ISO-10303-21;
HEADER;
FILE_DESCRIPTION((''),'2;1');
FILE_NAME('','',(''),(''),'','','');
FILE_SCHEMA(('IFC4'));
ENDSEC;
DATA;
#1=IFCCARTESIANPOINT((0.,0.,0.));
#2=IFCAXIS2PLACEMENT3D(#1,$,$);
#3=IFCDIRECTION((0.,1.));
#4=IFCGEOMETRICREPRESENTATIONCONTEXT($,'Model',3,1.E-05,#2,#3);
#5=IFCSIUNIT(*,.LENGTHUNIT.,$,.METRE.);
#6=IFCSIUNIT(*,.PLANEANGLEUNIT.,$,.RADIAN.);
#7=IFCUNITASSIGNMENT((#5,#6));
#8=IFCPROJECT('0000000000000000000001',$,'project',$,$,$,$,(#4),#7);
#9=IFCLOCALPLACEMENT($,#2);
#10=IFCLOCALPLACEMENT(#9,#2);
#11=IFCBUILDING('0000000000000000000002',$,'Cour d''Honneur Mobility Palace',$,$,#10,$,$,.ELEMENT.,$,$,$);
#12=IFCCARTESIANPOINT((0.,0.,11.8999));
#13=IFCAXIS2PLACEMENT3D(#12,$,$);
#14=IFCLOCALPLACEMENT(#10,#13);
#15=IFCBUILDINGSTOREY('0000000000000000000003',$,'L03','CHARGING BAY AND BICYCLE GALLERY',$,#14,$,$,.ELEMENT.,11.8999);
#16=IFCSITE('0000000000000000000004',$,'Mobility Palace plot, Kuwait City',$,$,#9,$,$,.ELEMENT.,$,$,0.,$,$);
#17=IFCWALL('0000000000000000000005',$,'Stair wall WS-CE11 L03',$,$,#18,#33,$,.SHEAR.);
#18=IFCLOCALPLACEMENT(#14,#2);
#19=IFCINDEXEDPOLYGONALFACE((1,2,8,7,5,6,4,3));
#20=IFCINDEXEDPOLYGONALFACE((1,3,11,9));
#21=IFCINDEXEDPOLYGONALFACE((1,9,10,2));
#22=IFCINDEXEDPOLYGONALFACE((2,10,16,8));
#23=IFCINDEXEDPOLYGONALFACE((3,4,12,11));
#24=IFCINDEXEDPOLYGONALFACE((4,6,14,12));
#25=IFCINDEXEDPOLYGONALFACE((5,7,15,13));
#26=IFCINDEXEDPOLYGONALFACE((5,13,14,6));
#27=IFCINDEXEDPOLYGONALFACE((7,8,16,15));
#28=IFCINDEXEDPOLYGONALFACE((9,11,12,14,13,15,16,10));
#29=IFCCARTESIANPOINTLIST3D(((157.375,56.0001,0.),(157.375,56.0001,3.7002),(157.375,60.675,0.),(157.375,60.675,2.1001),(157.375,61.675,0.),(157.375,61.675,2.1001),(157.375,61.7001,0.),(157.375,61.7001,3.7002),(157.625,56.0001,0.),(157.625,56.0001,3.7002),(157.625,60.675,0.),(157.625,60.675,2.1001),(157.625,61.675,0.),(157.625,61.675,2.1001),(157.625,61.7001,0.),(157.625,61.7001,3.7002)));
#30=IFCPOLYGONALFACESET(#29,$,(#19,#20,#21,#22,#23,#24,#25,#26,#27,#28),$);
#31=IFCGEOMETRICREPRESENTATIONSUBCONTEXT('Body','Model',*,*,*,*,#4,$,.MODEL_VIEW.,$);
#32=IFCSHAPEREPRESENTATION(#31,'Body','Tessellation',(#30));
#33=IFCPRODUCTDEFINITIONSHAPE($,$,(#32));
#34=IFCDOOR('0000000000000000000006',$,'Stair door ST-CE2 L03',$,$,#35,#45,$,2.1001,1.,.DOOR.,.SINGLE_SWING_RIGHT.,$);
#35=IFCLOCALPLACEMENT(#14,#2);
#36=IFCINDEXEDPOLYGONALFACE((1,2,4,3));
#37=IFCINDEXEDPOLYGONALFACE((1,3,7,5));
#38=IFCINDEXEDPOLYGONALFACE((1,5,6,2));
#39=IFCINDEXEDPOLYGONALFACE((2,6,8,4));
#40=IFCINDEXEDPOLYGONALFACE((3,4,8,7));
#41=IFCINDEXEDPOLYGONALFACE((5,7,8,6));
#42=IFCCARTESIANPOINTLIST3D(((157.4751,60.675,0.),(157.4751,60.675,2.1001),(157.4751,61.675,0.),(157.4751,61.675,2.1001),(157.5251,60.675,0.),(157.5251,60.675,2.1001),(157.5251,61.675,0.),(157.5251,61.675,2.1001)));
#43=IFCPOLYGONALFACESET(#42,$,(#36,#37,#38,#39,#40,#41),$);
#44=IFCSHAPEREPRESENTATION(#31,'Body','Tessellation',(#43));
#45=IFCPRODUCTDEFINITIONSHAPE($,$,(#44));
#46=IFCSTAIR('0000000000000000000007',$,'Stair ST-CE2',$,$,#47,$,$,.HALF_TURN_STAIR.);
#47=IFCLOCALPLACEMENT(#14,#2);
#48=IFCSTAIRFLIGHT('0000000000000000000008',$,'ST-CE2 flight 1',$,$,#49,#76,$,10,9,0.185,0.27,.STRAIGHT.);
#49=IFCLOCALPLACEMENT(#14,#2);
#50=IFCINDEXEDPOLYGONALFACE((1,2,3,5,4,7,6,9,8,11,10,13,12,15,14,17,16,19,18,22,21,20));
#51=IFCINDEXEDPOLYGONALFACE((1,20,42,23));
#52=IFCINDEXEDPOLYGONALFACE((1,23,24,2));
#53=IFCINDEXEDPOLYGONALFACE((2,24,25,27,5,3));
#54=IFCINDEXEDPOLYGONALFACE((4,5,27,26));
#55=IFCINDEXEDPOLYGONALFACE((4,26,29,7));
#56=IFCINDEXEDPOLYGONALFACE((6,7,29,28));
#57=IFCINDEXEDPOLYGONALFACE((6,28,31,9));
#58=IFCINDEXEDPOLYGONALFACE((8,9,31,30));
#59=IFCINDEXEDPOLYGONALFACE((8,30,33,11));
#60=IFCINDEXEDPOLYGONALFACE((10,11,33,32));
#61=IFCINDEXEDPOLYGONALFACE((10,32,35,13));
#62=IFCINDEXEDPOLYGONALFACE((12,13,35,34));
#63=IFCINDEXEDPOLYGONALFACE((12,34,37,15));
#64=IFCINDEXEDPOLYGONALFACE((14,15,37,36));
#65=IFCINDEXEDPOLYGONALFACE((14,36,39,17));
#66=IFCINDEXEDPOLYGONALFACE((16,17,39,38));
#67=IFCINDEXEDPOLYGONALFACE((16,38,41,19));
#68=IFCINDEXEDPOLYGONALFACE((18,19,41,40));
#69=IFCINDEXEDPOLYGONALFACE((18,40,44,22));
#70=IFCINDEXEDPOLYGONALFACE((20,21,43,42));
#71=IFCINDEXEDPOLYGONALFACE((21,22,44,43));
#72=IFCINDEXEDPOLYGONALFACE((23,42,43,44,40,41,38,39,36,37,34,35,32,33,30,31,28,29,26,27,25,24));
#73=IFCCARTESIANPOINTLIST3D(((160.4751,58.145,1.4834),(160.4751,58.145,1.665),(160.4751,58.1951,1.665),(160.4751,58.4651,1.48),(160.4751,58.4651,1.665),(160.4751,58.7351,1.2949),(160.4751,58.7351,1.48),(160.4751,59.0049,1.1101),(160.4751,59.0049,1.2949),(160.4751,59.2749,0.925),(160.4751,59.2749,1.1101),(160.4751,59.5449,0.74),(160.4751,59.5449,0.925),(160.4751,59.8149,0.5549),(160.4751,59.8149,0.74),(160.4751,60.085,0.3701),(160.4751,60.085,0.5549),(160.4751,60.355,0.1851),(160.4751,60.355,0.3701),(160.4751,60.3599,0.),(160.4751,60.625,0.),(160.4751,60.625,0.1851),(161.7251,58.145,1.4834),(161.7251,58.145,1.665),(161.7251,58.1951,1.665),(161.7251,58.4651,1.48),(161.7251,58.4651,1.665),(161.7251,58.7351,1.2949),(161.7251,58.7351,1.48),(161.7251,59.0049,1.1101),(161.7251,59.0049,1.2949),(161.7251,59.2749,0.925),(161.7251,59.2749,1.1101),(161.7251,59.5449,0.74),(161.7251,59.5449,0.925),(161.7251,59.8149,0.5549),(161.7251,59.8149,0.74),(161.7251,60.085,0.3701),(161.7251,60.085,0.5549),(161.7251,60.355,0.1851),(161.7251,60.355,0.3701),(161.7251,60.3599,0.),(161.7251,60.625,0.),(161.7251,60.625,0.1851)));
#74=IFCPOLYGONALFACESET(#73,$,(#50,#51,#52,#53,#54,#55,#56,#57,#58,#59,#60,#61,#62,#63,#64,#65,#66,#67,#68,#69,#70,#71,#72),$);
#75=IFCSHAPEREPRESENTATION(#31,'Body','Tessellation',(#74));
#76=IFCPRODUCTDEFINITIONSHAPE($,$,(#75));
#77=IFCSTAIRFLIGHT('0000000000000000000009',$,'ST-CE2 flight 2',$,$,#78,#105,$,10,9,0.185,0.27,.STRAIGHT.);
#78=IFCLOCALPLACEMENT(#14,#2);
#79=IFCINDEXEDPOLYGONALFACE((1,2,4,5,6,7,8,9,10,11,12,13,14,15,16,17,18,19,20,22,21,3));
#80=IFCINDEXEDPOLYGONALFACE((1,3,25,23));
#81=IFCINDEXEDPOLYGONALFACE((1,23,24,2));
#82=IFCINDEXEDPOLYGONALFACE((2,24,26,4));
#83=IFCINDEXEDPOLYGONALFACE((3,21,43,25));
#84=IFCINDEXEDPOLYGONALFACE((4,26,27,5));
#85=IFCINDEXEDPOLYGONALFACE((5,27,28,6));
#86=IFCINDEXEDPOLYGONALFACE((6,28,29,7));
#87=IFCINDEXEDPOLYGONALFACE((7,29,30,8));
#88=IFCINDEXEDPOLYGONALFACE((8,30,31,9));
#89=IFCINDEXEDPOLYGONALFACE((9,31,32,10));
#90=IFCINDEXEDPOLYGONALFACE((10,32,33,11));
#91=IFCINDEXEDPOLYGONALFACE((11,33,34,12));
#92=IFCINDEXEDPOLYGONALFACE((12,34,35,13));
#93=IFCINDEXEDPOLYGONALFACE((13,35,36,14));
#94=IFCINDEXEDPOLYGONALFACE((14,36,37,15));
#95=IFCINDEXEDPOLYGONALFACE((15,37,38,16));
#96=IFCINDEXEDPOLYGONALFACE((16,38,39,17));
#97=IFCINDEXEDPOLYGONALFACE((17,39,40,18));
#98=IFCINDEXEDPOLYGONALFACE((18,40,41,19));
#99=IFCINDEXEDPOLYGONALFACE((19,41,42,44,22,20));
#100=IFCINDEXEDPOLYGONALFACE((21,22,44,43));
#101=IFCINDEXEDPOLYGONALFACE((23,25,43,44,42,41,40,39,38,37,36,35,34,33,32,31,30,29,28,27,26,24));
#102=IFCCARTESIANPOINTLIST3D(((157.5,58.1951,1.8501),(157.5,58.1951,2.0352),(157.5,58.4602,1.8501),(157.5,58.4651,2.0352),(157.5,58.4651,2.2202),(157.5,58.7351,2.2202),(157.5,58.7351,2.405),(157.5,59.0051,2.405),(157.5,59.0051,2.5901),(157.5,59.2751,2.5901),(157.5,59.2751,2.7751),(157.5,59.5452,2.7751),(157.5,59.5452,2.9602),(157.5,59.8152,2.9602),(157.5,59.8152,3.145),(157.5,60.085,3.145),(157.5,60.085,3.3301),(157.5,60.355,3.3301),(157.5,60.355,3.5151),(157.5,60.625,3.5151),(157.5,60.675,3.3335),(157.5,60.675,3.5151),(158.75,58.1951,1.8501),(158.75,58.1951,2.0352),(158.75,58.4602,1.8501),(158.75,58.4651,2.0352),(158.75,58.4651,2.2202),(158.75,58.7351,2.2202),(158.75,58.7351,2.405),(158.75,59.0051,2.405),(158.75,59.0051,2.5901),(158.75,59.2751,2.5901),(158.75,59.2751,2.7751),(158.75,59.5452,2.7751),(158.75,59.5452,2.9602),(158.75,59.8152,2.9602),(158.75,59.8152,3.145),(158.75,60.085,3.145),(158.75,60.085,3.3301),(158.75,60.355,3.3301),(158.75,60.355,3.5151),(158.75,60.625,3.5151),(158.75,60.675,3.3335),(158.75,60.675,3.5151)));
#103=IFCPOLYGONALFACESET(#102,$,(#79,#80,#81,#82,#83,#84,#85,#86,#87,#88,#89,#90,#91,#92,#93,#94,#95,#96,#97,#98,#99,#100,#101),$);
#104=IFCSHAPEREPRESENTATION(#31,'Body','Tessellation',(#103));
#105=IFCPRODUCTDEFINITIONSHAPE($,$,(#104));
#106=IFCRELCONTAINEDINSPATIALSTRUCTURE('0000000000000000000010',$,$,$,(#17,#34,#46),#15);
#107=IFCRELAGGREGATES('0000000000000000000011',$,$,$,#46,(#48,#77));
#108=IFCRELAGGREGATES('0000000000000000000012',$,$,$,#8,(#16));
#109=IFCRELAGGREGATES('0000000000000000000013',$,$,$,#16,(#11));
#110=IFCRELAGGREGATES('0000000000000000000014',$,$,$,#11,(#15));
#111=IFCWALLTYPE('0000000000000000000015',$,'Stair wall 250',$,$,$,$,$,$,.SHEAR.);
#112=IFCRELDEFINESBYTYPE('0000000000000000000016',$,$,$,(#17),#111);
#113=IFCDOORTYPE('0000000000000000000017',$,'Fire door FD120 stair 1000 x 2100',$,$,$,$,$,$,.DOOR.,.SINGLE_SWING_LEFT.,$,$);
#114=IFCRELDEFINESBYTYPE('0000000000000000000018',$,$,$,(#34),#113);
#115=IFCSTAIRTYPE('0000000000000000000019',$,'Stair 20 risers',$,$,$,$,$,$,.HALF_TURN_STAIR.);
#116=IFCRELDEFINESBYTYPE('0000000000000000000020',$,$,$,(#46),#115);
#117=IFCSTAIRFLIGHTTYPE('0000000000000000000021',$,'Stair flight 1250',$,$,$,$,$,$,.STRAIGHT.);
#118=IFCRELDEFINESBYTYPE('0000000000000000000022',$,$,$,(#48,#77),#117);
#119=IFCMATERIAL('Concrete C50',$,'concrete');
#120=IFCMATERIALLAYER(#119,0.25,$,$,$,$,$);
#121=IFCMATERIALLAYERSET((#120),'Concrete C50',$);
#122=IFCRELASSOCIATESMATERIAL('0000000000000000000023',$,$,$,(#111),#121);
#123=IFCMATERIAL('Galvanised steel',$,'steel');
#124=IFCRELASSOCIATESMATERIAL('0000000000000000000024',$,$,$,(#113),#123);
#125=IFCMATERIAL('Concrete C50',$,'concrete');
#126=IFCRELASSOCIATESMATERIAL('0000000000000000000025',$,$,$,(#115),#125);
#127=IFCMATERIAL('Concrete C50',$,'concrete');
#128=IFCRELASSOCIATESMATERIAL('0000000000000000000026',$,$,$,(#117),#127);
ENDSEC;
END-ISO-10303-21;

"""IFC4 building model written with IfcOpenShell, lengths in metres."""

from ifc_helpers import new_model, si_unit, direction, frame, frame_2d, origin, place, context, subcontext, project, spatial, polyline, rectangle, outline, extrude, material, layer, layer_set, type_object, element, fill, aggregate, save


model = new_model("IFC4")

# Units and contexts
model_context = context("Model", 3, precision=1e-05, world=origin(), true_north=direction((0.0, 1.0)))
body_context = subcontext(model_context, "Body", "Model", "MODEL_VIEW")
ifc_project = project(units=[si_unit("LENGTHUNIT", "METRE"), si_unit("PLANEANGLEUNIT", "RADIAN")], contexts=[model_context])

# Site, building, storey
site_placement = place(None, origin())
site = spatial("IfcSite", under=ifc_project, at=site_placement, Name="Mobility Palace plot, Kuwait City", CompositionType="ELEMENT", RefElevation=0.0)
building_placement = place(site_placement, origin())
building = spatial("IfcBuilding", under=site, at=building_placement, Name="Cour d'Honneur Mobility Palace", CompositionType="ELEMENT")
storey_placement = place(building_placement, frame((0.0, 0.0, 11.8999)))
storey = spatial("IfcBuildingStorey", under=building, at=storey_placement, Name="L03", Description="CHARGING BAY AND BICYCLE GALLERY", CompositionType="ELEMENT", Elevation=11.8999)

# Shared definitions
ifc_material_1 = material(Name="Concrete C50", Category="concrete")
ifc_layer_1 = layer(ifc_material_1, 0.25)
ifc_layer_set_1 = layer_set([ifc_layer_1], Name="Concrete C50")
wall_type_1 = type_object("IfcWallType", Name="Stair wall 250", PredefinedType="SHEAR", material=ifc_layer_set_1)

# Wall, opening, door
wall_1_placement = place(storey_placement, frame((157.5, 56.0, 0.0), z_axis=(0.0, 0.0, 1.0), x_axis=(0.0, 1.0, 0.0)))
wall_1 = element("IfcWall", 1, at=wall_1_placement, inside=storey, type_object=wall_type_1, Name="Stair wall WS-CE11 L03", PredefinedType="SHEAR", context=body_context, shape_type="SweptSolid", body=[
    extrude(rectangle(XDim=5.7, YDim=0.25, at=frame_2d((2.8501, 0.0))), origin(), (0.0, 0.0, 1.0), 3.7002),
])
opening_1_placement = place(wall_1_placement, frame((4.675, 0.0, 0.0)))
opening_1 = element("IfcOpeningElement", 2, at=opening_1_placement, cuts=wall_1, PredefinedType="OPENING", context=body_context, shape_type="SweptSolid", body=[
    extrude(rectangle(XDim=1.0, YDim=2.1001, at=frame_2d((0.5, 1.05))), frame((0.0, 0.135, 0.0), z_axis=(0.0, -1.0, 0.0), x_axis=(1.0, 0.0, 0.0)), (0.0, 0.0, 1.0), 0.27),
])
ifc_material_2 = material(Name="Galvanised steel", Category="steel")
door_type_1 = type_object("IfcDoorType", Name="Fire door FD120 stair 1000 x 2100", OperationType="SINGLE_SWING_LEFT", PredefinedType="DOOR", material=ifc_material_2)
door_1_placement = place(opening_1_placement, origin())
door_1 = element("IfcDoor", 3, at=door_1_placement, inside=storey, type_object=door_type_1, Name="Stair door ST-CE2 L03", OperationType="SINGLE_SWING_RIGHT", OverallHeight=2.1001, OverallWidth=1.0, PredefinedType="DOOR", context=body_context, shape_type="SweptSolid", body=[
    extrude(rectangle(XDim=1.0, YDim=2.1001, at=frame_2d((0.5, 1.05))), frame((0.0, 0.0249, 0.0), z_axis=(0.0, -1.0, 0.0), x_axis=(1.0, 0.0, 0.0)), (0.0, 0.0, 1.0), 0.05),
])
fill(opening_1, door_1)

# Stair, stair flights
ifc_material_3 = material(Name="Concrete C50", Category="concrete")
stair_type = type_object("IfcStairType", Name="Stair 20 risers", PredefinedType="HALF_TURN_STAIR", material=ifc_material_3)
stair_placement = place(storey_placement, origin())
stair = element("IfcStair", 4, at=stair_placement, inside=storey, type_object=stair_type, Name="Stair ST-CE2", PredefinedType="HALF_TURN_STAIR")
ifc_material_4 = material(Name="Concrete C50", Category="concrete")
stair_flight_type = type_object("IfcStairFlightType", Name="Stair flight 1250", PredefinedType="STRAIGHT", material=ifc_material_4)
stair_flight_1_placement = place(storey_placement, frame((161.1001, 60.625, 0.0), z_axis=(0.0, 0.0, 1.0), x_axis=(0.0, -1.0, 0.0)))
stair_flight_1 = element("IfcStairFlight", 5, at=stair_flight_1_placement, type_object=stair_flight_type, Name="ST-CE2 flight 1", NumberOfRisers=10, NumberOfTreads=9, PredefinedType="STRAIGHT", RiserHeight=0.185, TreadLength=0.27, context=body_context, shape_type="SweptSolid", body=[
    extrude(outline(polyline([(0.0, 0.0), (0.0, 0.1851), (0.27, 0.1851), (0.27, 0.3701), (0.54, 0.3701), (0.54, 0.5549), (0.8101, 0.5549), (0.8101, 0.74), (1.0801, 0.74), (1.0801, 0.925), (1.3501, 0.925), (1.3501, 1.1101), (1.6201, 1.1101), (1.6201, 1.2949), (1.8899, 1.2949), (1.8899, 1.48), (2.1599, 1.48), (2.1599, 1.665), (2.4299, 1.665), (2.48, 1.665), (2.48, 1.4834), (0.2651, 0.0), (0.0, 0.0)])), frame((0.0, 0.625, 0.0), z_axis=(0.0, -1.0, 0.0), x_axis=(1.0, 0.0, 0.0)), (0.0, 0.0, 1.0), 1.25),
])
stair_flight_2_placement = place(storey_placement, frame((158.125, 58.1951, 1.8501), z_axis=(0.0, 0.0, 1.0), x_axis=(0.0, 1.0, 0.0)))
stair_flight_2 = element("IfcStairFlight", 6, at=stair_flight_2_placement, type_object=stair_flight_type, Name="ST-CE2 flight 2", NumberOfRisers=10, NumberOfTreads=9, PredefinedType="STRAIGHT", RiserHeight=0.185, TreadLength=0.27, context=body_context, shape_type="SweptSolid", body=[
    extrude(outline(polyline([(0.0, 0.0), (0.0, 0.1851), (0.27, 0.1851), (0.27, 0.3701), (0.54, 0.3701), (0.54, 0.5549), (0.8101, 0.5549), (0.8101, 0.74), (1.0801, 0.74), (1.0801, 0.925), (1.3501, 0.925), (1.3501, 1.1101), (1.6201, 1.1101), (1.6201, 1.2949), (1.8899, 1.2949), (1.8899, 1.48), (2.1599, 1.48), (2.1599, 1.665), (2.4299, 1.665), (2.48, 1.665), (2.48, 1.4834), (0.2651, 0.0), (0.0, 0.0)])), frame((0.0, 0.625, 0.0), z_axis=(0.0, -1.0, 0.0), x_axis=(1.0, 0.0, 0.0)), (0.0, 0.0, 1.0), 1.25),
])
aggregate(stair, [stair_flight_1, stair_flight_2])

save(model, "model.ifc")
